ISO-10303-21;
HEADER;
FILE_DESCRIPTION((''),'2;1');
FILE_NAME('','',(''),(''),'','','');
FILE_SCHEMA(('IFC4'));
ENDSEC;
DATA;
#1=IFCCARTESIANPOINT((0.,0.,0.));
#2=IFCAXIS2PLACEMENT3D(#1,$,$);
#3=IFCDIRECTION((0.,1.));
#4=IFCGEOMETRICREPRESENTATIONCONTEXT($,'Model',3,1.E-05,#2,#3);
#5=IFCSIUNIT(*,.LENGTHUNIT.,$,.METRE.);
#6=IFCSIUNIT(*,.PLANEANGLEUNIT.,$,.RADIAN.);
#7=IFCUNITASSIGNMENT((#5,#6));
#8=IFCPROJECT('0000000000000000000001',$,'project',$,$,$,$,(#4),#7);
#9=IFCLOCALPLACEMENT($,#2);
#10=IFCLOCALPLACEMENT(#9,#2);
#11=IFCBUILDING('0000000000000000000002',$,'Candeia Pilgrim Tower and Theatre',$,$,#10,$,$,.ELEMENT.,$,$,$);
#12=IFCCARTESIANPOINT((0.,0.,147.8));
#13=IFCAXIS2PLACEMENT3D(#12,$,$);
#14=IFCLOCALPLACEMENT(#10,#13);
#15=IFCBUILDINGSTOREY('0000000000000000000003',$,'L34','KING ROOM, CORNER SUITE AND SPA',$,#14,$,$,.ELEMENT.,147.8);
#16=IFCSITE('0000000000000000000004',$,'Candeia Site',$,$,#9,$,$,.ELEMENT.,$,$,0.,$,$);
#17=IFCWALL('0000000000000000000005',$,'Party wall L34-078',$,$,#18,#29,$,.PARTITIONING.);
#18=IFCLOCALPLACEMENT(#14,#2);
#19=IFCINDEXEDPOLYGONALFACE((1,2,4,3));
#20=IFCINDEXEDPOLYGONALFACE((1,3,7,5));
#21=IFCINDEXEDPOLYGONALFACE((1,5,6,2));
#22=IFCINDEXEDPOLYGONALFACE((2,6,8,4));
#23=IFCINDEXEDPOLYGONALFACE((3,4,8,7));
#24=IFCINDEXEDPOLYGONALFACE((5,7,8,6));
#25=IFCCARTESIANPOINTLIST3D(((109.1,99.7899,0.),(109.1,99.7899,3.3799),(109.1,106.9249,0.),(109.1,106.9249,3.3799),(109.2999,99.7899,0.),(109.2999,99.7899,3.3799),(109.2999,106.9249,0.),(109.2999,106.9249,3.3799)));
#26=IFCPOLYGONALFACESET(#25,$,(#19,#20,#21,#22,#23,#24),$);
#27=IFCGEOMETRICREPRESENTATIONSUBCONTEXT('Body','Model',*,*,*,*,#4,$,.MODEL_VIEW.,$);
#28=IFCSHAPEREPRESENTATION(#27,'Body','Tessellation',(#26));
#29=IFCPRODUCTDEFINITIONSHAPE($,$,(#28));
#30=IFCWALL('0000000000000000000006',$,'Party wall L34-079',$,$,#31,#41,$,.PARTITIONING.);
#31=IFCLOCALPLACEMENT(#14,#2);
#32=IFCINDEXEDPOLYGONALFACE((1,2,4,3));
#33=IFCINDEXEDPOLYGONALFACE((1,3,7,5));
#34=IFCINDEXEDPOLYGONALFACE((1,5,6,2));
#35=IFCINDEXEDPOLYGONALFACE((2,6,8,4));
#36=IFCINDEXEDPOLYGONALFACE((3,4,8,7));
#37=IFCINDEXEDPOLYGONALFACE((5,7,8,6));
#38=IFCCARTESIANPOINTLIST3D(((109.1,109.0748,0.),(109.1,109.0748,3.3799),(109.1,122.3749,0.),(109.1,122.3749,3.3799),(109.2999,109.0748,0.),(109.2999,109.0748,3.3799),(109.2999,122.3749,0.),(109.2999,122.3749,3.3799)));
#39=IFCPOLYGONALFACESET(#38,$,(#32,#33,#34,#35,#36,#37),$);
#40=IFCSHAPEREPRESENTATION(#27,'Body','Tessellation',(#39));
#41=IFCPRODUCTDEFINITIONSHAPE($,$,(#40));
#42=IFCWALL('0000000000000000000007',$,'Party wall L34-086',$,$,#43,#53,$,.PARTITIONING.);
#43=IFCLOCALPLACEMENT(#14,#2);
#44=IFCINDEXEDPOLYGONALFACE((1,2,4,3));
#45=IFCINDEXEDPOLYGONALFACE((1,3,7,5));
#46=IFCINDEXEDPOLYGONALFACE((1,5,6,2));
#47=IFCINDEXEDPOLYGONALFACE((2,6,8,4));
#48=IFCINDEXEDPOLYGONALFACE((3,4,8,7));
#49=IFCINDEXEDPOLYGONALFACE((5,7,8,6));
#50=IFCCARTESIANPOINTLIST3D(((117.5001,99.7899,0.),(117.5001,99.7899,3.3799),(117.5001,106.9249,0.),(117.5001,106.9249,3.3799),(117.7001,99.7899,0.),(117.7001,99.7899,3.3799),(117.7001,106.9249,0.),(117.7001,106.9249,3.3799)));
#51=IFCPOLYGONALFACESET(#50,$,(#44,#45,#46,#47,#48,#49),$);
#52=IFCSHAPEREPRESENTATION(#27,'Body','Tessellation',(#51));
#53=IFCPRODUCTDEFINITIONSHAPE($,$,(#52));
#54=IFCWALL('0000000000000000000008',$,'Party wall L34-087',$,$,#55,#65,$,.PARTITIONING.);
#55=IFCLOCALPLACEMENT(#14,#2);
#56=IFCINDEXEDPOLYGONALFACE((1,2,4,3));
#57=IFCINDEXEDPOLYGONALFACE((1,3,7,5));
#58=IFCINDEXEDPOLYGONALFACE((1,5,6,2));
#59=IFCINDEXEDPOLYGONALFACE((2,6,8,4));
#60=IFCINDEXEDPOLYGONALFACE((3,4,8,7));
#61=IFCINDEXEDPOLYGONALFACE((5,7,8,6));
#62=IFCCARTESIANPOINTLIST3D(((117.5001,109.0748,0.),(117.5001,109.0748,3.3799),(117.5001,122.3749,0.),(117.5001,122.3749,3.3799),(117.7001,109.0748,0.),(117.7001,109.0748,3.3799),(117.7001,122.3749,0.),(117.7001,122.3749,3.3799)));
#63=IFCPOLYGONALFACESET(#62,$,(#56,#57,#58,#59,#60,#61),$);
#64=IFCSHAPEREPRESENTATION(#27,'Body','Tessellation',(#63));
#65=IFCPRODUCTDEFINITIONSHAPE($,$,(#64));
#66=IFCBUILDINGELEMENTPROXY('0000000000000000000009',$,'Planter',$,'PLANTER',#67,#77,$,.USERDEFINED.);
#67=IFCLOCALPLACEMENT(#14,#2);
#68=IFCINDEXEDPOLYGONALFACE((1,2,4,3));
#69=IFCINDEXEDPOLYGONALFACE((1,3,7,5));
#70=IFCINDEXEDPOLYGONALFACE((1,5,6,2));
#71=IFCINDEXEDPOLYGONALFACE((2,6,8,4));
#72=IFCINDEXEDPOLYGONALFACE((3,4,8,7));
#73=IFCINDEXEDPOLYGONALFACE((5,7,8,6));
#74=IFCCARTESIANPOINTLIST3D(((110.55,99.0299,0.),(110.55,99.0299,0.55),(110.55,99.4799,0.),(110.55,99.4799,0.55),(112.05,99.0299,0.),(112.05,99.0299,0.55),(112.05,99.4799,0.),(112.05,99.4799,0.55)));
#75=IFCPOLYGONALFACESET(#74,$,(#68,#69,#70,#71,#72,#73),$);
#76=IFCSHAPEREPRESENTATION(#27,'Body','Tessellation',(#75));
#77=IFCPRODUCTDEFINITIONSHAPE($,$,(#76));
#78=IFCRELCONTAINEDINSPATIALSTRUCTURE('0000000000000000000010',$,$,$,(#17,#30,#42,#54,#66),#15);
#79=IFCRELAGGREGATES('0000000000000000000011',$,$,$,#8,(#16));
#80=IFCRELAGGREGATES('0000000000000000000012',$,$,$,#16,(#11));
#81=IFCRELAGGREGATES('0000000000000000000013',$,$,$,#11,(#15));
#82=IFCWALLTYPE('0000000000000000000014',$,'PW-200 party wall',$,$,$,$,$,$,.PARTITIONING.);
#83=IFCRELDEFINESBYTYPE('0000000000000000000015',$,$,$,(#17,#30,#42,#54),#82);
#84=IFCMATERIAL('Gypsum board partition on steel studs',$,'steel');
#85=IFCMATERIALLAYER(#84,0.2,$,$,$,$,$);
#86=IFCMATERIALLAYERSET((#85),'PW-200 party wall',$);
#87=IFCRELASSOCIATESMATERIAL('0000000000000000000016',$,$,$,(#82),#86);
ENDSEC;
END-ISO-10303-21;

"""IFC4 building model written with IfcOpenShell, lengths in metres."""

from ifc_helpers import new_model, si_unit, direction, frame, frame_2d, origin, origin_2d, place, context, subcontext, project, spatial, rectangle, extrude, material, layer, layer_set, type_object, element, save


model = new_model("IFC4")

# Units and contexts
model_context = context("Model", 3, precision=1e-05, world=origin(), true_north=direction((0.0, 1.0)))
body_context = subcontext(model_context, "Body", "Model", "MODEL_VIEW")
ifc_project = project(units=[si_unit("LENGTHUNIT", "METRE"), si_unit("PLANEANGLEUNIT", "RADIAN")], contexts=[model_context])

# Site, building, storey
site_placement = place(None, origin())
site = spatial("IfcSite", under=ifc_project, at=site_placement, Name="Candeia Site", CompositionType="ELEMENT", RefElevation=0.0)
building_placement = place(site_placement, origin())
building = spatial("IfcBuilding", under=site, at=building_placement, Name="Candeia Pilgrim Tower and Theatre", CompositionType="ELEMENT")
storey_placement = place(building_placement, frame((0.0, 0.0, 147.8)))
storey = spatial("IfcBuildingStorey", under=building, at=storey_placement, Name="L34", Description="KING ROOM, CORNER SUITE AND SPA", CompositionType="ELEMENT", Elevation=147.8)

# Shared definitions
ifc_material_1 = material(Name="Gypsum board partition on steel studs", Category="steel")

# Walls
ifc_layer_1 = layer(ifc_material_1, 0.2)
ifc_layer_set_1 = layer_set([ifc_layer_1], Name="PW-200 party wall")
wall_type_1 = type_object("IfcWallType", Name="PW-200 party wall", PredefinedType="PARTITIONING", material=ifc_layer_set_1)
wall_1_placement = place(storey_placement, frame((109.2, 99.79, 0.0), z_axis=(0.0, 0.0, 1.0), x_axis=(0.0, 1.0, 0.0)))
element("IfcWall", 1, at=wall_1_placement, inside=storey, type_object=wall_type_1, Name="Party wall L34-078", PredefinedType="PARTITIONING", context=body_context, shape_type="SweptSolid", body=[
    extrude(rectangle(XDim=7.135, YDim=0.2, at=frame_2d((3.5674, 0.0))), origin(), (0.0, 0.0, 1.0), 3.3799),
])
wall_2_placement = place(storey_placement, frame((109.2, 109.075, 0.0), z_axis=(0.0, 0.0, 1.0), x_axis=(0.0, 1.0, 0.0)))
element("IfcWall", 2, at=wall_2_placement, inside=storey, type_object=wall_type_1, Name="Party wall L34-079", PredefinedType="PARTITIONING", context=body_context, shape_type="SweptSolid", body=[
    extrude(rectangle(XDim=13.3, YDim=0.2, at=frame_2d((6.6499, 0.0))), origin(), (0.0, 0.0, 1.0), 3.3799),
])
wall_3_placement = place(storey_placement, frame((117.6001, 99.79, 0.0), z_axis=(0.0, 0.0, 1.0), x_axis=(0.0, 1.0, 0.0)))
element("IfcWall", 3, at=wall_3_placement, inside=storey, type_object=wall_type_1, Name="Party wall L34-086", PredefinedType="PARTITIONING", context=body_context, shape_type="SweptSolid", body=[
    extrude(rectangle(XDim=7.135, YDim=0.2, at=frame_2d((3.5674, 0.0))), origin(), (0.0, 0.0, 1.0), 3.3799),
])
wall_4_placement = place(storey_placement, frame((117.6001, 109.075, 0.0), z_axis=(0.0, 0.0, 1.0), x_axis=(0.0, 1.0, 0.0)))
element("IfcWall", 4, at=wall_4_placement, inside=storey, type_object=wall_type_1, Name="Party wall L34-087", PredefinedType="PARTITIONING", context=body_context, shape_type="SweptSolid", body=[
    extrude(rectangle(XDim=13.3, YDim=0.2, at=frame_2d((6.6499, 0.0))), origin(), (0.0, 0.0, 1.0), 3.3799),
])

# Building element proxy
proxy_placement = place(storey_placement, frame((111.3, 99.2549, 0.0), z_axis=(0.0, 0.0, 1.0), x_axis=(1.0, 0.0, 0.0)))
element("IfcBuildingElementProxy", 5, at=proxy_placement, inside=storey, Name="Planter", ObjectType="PLANTER", PredefinedType="USERDEFINED", context=body_context, shape_type="SweptSolid", body=[
    extrude(rectangle(XDim=1.5, YDim=0.45, at=origin_2d()), origin(), (0.0, 0.0, 1.0), 0.55),
])

save(model, "model.ifc")
